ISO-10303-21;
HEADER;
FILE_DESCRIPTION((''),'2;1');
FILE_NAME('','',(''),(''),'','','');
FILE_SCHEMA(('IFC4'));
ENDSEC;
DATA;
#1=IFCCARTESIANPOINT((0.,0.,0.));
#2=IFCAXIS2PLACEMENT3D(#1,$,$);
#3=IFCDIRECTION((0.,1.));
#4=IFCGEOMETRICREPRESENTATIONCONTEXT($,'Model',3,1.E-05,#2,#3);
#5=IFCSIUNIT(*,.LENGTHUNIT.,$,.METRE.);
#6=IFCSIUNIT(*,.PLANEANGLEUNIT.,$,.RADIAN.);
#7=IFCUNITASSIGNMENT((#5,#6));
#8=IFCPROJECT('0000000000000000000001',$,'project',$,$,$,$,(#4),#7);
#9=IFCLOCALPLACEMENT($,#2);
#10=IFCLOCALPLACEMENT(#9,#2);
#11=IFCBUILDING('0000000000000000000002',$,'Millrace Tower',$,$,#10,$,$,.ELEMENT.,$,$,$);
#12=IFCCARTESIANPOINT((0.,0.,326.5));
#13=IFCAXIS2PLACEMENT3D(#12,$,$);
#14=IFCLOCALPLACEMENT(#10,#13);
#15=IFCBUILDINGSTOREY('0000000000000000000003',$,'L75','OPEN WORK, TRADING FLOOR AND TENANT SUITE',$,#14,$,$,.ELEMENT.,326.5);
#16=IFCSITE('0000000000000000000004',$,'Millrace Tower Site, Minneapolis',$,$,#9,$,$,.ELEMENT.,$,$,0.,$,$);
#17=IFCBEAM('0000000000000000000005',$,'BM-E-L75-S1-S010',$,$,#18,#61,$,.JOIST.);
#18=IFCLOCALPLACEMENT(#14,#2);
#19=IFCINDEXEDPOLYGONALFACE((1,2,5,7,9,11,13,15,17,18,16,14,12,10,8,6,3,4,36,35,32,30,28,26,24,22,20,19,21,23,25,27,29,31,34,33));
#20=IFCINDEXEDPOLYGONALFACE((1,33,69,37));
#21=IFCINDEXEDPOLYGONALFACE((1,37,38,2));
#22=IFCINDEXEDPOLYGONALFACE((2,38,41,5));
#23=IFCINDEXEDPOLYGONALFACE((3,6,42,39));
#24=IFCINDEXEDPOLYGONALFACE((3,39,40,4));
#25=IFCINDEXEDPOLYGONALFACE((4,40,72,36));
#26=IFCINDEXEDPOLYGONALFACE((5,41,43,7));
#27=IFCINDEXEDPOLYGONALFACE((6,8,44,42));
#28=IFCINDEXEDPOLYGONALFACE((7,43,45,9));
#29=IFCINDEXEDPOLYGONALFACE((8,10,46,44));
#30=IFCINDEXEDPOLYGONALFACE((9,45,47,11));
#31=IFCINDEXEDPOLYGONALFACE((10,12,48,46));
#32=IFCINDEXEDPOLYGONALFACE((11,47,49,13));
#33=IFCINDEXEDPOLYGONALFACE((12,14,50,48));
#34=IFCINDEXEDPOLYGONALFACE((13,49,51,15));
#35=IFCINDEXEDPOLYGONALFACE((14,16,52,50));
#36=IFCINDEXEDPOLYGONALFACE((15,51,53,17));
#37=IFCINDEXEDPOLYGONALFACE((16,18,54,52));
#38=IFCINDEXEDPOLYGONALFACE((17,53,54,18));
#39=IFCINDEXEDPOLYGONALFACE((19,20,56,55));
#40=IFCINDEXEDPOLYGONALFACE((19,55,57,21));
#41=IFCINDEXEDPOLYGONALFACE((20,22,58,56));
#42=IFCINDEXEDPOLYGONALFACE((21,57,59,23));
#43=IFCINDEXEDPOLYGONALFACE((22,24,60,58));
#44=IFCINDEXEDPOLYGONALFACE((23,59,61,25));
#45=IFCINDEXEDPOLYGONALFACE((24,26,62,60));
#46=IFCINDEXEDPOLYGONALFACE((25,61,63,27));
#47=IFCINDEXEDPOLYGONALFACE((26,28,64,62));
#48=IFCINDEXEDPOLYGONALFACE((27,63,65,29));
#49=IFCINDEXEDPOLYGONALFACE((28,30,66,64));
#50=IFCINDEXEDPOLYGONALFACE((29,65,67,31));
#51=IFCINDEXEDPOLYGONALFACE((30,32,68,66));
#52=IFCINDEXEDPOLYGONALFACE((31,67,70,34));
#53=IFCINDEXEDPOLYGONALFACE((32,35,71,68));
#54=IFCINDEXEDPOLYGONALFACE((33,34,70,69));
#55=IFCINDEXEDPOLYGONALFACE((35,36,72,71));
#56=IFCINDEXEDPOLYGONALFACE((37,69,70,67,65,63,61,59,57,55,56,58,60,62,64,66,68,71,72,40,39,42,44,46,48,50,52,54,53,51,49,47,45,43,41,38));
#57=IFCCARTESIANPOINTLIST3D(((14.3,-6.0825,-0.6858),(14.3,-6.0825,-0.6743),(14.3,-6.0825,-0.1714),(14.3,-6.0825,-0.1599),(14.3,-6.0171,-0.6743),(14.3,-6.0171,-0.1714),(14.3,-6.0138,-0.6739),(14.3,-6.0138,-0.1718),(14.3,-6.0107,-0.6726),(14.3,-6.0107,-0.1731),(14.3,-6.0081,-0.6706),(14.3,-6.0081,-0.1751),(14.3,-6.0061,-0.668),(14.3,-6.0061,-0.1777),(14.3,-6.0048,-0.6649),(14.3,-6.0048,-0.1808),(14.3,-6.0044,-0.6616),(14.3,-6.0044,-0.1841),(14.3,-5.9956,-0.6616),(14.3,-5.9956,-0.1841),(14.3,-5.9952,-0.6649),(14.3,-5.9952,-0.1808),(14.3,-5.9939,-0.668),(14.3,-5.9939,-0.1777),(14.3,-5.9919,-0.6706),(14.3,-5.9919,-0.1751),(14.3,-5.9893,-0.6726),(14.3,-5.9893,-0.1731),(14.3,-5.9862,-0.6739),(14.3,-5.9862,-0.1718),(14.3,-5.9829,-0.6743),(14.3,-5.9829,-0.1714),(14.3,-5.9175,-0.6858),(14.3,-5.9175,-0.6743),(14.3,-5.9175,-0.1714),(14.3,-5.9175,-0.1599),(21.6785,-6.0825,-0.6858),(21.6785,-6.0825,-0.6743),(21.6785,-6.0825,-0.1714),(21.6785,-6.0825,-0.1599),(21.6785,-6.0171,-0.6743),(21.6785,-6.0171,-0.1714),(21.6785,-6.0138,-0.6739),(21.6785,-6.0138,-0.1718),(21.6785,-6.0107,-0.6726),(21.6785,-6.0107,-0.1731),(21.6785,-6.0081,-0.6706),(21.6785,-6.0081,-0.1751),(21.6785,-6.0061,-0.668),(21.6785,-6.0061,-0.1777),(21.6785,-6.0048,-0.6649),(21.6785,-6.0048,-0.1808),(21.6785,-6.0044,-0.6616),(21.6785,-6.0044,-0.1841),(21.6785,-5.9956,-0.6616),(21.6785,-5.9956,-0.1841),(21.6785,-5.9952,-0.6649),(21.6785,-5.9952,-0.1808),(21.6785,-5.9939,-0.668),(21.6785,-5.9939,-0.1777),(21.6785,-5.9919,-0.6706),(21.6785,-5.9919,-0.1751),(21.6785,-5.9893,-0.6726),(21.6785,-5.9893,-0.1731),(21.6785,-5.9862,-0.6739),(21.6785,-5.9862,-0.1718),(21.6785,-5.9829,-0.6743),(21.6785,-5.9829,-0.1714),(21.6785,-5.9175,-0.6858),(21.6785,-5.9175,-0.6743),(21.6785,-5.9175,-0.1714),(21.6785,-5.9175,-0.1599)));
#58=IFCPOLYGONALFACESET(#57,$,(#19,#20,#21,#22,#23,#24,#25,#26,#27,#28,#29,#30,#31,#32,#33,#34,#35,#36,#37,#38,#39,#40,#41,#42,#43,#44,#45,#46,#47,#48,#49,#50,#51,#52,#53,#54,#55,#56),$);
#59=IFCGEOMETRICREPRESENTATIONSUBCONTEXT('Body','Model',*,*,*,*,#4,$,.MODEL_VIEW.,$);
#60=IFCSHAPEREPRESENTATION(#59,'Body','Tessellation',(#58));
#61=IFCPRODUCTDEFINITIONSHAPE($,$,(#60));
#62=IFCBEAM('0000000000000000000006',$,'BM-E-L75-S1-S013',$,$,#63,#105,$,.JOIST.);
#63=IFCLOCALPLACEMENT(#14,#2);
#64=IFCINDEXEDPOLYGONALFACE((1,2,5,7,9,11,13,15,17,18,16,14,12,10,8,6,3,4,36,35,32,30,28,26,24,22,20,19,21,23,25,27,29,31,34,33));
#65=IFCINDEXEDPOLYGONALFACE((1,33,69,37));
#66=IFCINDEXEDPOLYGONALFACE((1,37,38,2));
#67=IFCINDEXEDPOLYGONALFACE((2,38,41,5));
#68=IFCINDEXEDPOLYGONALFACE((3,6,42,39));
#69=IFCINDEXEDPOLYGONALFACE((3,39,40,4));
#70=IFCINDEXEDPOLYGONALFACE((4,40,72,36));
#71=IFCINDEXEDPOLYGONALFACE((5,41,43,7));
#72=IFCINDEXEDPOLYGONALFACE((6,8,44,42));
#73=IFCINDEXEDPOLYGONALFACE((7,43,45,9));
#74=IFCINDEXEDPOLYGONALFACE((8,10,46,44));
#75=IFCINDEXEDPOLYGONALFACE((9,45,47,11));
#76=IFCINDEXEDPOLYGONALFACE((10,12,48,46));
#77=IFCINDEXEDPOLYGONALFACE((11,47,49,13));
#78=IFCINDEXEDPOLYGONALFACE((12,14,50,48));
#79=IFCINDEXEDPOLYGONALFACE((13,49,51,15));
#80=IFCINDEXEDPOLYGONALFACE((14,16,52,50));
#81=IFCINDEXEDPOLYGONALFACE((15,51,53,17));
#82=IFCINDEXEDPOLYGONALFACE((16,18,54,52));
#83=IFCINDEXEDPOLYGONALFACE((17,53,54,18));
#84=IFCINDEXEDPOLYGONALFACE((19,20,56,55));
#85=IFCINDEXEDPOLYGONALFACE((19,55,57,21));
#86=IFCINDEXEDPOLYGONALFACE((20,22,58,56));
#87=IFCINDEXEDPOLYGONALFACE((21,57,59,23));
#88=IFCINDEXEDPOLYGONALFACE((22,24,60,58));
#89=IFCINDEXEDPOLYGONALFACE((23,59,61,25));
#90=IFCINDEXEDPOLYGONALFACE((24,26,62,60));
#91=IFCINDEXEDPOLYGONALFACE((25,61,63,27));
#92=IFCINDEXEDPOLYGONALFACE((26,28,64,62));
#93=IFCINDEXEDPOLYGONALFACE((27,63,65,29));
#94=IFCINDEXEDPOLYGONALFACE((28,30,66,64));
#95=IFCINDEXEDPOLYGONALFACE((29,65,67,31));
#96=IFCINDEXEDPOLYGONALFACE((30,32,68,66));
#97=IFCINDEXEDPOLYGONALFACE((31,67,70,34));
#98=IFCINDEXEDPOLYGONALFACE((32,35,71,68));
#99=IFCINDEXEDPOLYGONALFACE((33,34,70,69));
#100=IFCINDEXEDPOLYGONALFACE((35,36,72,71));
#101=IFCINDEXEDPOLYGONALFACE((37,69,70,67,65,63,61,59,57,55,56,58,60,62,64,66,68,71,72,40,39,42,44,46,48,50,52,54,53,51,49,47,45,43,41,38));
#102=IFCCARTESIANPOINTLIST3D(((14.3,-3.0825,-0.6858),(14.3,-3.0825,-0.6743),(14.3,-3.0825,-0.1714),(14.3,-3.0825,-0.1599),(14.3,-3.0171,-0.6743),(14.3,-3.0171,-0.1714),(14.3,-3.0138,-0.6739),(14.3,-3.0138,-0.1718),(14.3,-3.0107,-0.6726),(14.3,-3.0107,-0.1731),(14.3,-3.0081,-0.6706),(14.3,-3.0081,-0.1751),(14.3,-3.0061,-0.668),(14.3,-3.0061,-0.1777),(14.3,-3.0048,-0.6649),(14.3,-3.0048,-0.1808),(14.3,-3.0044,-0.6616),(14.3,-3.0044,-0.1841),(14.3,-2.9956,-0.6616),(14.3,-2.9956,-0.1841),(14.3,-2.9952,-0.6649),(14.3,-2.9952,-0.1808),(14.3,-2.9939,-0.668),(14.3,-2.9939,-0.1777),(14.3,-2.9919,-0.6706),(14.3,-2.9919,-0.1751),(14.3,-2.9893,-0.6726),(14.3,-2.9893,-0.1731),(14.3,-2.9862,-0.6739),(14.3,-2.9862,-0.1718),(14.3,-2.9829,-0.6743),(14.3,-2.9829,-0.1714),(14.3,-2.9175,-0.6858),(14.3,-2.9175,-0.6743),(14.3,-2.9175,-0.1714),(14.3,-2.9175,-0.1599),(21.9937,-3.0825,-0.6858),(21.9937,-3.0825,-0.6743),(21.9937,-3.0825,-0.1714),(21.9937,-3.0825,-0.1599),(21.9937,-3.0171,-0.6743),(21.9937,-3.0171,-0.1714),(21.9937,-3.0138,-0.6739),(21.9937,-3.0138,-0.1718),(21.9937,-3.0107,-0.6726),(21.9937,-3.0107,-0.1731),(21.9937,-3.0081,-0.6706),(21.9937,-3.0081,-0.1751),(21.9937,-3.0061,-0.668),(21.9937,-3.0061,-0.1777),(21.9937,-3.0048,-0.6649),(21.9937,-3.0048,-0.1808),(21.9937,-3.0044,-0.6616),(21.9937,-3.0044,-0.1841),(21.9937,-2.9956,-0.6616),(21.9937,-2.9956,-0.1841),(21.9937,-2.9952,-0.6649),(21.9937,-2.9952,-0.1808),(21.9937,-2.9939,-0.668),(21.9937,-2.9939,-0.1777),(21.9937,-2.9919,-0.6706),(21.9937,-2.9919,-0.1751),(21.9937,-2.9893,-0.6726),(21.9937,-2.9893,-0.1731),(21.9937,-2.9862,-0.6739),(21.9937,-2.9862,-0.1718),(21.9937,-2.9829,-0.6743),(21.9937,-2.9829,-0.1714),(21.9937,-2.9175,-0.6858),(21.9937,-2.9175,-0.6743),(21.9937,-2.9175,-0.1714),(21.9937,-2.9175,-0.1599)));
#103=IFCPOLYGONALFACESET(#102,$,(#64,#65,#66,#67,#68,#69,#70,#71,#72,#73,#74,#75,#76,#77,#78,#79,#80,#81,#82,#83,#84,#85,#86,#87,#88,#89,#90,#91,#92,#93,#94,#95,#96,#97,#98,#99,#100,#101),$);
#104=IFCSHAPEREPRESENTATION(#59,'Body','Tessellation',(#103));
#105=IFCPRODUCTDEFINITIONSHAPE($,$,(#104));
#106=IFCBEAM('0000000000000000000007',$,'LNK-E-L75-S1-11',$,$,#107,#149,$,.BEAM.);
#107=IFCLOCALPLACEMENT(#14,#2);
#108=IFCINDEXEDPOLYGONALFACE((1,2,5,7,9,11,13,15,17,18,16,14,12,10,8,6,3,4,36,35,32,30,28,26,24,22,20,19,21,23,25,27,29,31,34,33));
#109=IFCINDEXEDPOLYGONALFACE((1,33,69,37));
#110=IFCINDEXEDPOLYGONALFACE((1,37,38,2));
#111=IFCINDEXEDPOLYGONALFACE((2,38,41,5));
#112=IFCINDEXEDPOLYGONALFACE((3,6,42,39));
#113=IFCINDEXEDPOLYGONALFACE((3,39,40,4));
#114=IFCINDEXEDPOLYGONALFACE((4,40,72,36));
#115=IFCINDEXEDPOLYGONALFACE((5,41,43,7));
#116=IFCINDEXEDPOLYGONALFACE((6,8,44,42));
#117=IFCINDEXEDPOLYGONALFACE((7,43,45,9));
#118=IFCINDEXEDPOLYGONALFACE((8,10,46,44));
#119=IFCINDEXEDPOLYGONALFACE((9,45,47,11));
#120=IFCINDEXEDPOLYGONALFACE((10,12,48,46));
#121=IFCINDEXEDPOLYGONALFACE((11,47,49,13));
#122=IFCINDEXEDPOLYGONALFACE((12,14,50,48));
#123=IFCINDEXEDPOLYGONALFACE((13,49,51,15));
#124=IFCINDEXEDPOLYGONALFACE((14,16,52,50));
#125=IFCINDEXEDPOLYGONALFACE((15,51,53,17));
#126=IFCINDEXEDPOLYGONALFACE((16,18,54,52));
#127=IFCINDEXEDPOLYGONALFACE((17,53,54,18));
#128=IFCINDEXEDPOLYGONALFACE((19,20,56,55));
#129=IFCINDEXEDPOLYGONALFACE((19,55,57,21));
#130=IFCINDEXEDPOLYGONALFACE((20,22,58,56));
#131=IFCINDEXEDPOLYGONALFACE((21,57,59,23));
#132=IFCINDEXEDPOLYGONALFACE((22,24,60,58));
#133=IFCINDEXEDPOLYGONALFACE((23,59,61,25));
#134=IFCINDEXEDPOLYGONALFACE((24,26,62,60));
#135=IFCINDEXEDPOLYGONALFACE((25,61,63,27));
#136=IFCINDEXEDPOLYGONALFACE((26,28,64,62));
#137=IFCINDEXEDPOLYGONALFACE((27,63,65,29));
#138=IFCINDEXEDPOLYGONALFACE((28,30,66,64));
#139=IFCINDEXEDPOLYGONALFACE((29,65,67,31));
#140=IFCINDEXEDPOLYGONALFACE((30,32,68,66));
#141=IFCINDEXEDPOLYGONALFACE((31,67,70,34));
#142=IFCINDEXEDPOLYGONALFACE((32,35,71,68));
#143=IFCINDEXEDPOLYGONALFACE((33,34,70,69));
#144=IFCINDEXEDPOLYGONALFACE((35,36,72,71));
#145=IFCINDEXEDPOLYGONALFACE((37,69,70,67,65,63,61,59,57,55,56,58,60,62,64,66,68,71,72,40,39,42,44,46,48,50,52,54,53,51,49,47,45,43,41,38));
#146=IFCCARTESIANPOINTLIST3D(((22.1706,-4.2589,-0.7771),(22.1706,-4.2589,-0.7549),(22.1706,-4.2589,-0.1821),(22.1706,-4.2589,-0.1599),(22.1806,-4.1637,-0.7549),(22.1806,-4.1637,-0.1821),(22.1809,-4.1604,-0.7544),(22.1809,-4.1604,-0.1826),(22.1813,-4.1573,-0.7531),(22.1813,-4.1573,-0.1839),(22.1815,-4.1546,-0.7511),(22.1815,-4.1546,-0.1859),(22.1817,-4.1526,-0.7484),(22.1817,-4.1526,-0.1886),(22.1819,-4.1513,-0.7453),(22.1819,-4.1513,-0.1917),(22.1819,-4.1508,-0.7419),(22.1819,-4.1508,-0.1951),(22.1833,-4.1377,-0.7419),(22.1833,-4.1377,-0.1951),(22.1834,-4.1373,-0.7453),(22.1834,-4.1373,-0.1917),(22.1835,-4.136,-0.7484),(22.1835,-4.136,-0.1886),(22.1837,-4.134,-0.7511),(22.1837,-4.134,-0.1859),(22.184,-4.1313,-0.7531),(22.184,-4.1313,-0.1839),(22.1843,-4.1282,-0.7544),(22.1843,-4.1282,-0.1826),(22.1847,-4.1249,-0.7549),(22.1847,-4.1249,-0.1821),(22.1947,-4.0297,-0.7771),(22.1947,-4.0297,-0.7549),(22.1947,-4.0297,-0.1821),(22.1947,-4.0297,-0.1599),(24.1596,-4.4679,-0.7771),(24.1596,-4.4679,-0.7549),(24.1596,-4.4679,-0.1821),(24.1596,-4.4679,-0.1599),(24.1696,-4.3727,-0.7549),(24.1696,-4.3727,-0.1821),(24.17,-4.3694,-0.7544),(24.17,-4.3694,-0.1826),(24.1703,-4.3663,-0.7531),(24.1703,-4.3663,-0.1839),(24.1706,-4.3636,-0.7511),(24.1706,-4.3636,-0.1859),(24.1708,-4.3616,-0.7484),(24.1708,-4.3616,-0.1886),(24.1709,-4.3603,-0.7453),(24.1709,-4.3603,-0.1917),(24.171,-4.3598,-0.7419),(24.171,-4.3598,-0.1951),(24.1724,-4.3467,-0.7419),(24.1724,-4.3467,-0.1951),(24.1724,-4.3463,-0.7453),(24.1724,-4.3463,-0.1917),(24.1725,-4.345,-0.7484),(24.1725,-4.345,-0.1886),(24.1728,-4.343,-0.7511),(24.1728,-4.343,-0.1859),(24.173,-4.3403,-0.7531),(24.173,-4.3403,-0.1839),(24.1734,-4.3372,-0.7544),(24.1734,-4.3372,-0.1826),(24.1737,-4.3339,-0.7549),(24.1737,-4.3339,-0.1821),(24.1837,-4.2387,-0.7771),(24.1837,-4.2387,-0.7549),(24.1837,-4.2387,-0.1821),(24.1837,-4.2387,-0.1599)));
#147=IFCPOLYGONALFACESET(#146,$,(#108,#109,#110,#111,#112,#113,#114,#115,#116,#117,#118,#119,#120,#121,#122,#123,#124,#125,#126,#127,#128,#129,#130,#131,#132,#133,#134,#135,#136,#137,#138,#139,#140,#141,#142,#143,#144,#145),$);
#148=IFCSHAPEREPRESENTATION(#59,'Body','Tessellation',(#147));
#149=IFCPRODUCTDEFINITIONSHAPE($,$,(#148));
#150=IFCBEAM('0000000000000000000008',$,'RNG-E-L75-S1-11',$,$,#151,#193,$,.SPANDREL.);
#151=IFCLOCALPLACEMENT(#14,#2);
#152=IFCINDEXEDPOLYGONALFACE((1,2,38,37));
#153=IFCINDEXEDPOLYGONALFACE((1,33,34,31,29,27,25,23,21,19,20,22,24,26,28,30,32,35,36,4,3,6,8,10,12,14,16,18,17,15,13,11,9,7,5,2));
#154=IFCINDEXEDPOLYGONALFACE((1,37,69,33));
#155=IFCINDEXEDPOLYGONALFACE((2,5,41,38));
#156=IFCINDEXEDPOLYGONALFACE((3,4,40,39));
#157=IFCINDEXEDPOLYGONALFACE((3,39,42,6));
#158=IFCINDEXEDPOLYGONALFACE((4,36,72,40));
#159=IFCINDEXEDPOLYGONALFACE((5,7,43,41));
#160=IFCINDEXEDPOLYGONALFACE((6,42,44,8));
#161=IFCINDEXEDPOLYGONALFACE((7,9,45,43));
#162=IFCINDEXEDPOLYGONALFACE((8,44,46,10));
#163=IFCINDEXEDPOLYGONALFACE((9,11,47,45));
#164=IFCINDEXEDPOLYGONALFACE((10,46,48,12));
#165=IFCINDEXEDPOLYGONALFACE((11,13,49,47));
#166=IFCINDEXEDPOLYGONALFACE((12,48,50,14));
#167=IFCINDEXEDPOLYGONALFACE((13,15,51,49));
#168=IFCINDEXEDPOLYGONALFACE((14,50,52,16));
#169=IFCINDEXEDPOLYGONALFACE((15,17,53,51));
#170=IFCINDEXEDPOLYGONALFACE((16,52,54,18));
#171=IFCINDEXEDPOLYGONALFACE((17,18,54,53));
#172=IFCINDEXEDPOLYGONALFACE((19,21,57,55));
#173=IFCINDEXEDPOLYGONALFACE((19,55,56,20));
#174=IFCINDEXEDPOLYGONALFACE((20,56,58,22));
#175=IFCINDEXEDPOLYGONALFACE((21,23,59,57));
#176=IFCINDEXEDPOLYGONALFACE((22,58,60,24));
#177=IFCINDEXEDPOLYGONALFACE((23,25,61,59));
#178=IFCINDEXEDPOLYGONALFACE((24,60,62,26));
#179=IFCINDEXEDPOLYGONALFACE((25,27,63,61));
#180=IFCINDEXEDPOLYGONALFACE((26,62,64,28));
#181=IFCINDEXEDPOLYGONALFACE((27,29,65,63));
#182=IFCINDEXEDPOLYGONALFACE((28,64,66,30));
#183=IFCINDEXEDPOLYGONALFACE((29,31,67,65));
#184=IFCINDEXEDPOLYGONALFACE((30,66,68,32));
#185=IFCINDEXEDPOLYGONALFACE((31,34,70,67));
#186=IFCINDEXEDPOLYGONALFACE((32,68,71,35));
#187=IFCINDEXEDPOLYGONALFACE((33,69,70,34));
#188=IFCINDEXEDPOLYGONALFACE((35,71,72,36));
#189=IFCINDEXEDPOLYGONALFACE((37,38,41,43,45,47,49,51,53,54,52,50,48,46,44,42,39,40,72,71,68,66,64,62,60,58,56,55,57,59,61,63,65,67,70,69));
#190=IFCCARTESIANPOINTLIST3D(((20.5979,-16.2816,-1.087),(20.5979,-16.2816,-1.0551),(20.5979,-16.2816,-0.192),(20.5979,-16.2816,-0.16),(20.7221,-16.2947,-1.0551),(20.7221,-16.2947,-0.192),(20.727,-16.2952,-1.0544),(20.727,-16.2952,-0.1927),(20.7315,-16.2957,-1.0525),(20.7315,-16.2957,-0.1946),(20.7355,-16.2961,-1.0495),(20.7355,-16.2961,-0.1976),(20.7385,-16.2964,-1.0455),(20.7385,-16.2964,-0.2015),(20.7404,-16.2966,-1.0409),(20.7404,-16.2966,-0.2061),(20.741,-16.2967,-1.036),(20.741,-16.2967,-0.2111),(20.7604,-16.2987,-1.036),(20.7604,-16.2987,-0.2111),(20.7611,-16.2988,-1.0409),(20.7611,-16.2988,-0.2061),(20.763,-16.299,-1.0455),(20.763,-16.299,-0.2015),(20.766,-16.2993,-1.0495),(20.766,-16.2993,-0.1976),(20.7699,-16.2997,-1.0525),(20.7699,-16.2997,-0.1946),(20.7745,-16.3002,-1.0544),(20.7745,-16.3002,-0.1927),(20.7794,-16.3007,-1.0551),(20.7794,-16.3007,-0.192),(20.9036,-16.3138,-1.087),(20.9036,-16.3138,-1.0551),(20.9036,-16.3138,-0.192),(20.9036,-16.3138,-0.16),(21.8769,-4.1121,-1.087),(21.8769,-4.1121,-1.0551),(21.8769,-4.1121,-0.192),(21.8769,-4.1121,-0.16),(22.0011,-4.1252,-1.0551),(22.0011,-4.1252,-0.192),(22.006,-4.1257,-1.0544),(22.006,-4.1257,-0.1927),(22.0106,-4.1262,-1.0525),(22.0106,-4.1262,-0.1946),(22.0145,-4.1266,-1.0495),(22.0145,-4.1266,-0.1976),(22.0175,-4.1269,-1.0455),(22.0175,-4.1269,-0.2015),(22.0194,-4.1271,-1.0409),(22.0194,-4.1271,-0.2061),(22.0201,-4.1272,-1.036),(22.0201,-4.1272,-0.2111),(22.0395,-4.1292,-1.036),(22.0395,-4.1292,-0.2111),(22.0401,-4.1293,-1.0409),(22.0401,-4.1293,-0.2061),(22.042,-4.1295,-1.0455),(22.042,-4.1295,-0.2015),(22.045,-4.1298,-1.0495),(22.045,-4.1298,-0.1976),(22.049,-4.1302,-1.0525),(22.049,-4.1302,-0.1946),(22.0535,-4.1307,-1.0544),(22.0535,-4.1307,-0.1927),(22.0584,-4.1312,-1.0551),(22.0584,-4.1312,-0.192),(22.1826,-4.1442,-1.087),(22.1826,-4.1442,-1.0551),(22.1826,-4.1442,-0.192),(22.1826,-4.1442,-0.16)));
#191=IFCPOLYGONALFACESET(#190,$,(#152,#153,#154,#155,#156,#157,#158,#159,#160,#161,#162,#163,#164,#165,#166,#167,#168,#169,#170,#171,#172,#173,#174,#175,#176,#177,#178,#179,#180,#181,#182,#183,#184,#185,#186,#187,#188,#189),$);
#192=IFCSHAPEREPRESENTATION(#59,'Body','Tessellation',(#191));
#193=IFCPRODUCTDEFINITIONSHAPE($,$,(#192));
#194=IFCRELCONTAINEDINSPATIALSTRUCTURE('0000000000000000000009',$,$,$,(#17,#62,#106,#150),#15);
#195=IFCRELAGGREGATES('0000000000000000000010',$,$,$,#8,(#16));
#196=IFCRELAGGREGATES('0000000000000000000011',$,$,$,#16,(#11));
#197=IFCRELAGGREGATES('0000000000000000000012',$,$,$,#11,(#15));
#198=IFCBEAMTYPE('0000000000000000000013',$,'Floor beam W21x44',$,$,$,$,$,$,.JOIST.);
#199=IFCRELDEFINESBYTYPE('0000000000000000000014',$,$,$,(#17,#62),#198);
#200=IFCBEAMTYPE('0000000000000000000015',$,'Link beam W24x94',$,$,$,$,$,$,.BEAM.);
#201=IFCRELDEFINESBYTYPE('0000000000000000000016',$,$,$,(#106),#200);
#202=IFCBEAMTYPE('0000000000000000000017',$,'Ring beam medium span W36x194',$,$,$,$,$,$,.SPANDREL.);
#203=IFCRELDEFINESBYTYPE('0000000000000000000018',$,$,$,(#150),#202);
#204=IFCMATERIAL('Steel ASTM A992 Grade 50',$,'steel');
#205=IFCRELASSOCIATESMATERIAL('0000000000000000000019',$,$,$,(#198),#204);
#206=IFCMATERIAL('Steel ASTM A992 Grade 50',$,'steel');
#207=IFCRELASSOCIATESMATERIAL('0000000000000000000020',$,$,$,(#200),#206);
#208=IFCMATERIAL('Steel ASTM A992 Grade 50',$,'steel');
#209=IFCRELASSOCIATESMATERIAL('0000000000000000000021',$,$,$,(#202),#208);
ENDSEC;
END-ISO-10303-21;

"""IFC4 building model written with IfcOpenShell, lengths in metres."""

from ifc_helpers import new_model, si_unit, direction, frame, origin, origin_2d, place, context, subcontext, project, spatial, i_section, extrude, material, material_profile, profile_set, type_object, element, save


model = new_model("IFC4")

# Units and contexts
model_context = context("Model", 3, precision=1e-05, world=origin(), true_north=direction((0.0, 1.0)))
body_context = subcontext(model_context, "Body", "Model", "MODEL_VIEW")
ifc_project = project(units=[si_unit("LENGTHUNIT", "METRE"), si_unit("PLANEANGLEUNIT", "RADIAN")], contexts=[model_context])

# Site, building, storey
site_placement = place(None, origin())
site = spatial("IfcSite", under=ifc_project, at=site_placement, Name="Millrace Tower Site, Minneapolis", CompositionType="ELEMENT", RefElevation=0.0)
building_placement = place(site_placement, origin())
building = spatial("IfcBuilding", under=site, at=building_placement, Name="Millrace Tower", CompositionType="ELEMENT")
storey_placement = place(building_placement, frame((0.0, 0.0, 326.5)))
storey = spatial("IfcBuildingStorey", under=building, at=storey_placement, Name="L75", Description="OPEN WORK, TRADING FLOOR AND TENANT SUITE", CompositionType="ELEMENT", Elevation=326.5)

# Beams
ifc_material_1 = material(Name="Steel ASTM A992 Grade 50", Category="steel")
ifc_material_profile_1 = material_profile(ifc_material_1, i_section(OverallWidth=0.165, OverallDepth=0.5259, WebThickness=0.0088, FlangeThickness=0.0115, FilletRadius=0.0127, at=origin_2d()))
ifc_profile_set_1 = profile_set([ifc_material_profile_1], Name="Steel ASTM A992 Grade 50")
beam_type_1 = type_object("IfcBeamType", Name="Floor beam W21x44", PredefinedType="JOIST", material=ifc_profile_set_1)
beam_1_placement = place(storey_placement, frame((14.3, -6.0, -0.4229), z_axis=(1.0, 0.0, 0.0), x_axis=(0.0, 1.0, 0.0)))
element("IfcBeam", 1, at=beam_1_placement, inside=storey, type_object=beam_type_1, Name="BM-E-L75-S1-S010", PredefinedType="JOIST", context=body_context, shape_type="SweptSolid", body=[
    extrude(i_section(OverallWidth=0.165, OverallDepth=0.5259, WebThickness=0.0088, FlangeThickness=0.0115, FilletRadius=0.0127, at=origin_2d()), origin(), (0.0, 0.0, 1.0), 7.3784),
])
beam_2_placement = place(storey_placement, frame((14.3, -3.0, -0.4229), z_axis=(1.0, 0.0, 0.0), x_axis=(0.0, 1.0, 0.0)))
element("IfcBeam", 2, at=beam_2_placement, inside=storey, type_object=beam_type_1, Name="BM-E-L75-S1-S013", PredefinedType="JOIST", context=body_context, shape_type="SweptSolid", body=[
    extrude(i_section(OverallWidth=0.165, OverallDepth=0.5259, WebThickness=0.0088, FlangeThickness=0.0115, FilletRadius=0.0127, at=origin_2d()), origin(), (0.0, 0.0, 1.0), 7.6936),
])
ifc_material_2 = material(Name="Steel ASTM A992 Grade 50", Category="steel")
ifc_material_profile_2 = material_profile(ifc_material_2, i_section(OverallWidth=0.2305, OverallDepth=0.6172, WebThickness=0.0132, FlangeThickness=0.0222, FilletRadius=0.0129, at=origin_2d()))
ifc_profile_set_2 = profile_set([ifc_material_profile_2], Name="Steel ASTM A992 Grade 50")
beam_type_2 = type_object("IfcBeamType", Name="Link beam W24x94", PredefinedType="BEAM", material=ifc_profile_set_2)
beam_3_placement = place(storey_placement, frame((22.1826, -4.1443, -0.4685), z_axis=(0.994526, -0.104494, 0.0), x_axis=(0.104494, 0.994526, 0.0)))
element("IfcBeam", 3, at=beam_3_placement, inside=storey, type_object=beam_type_2, Name="LNK-E-L75-S1-11", PredefinedType="BEAM", context=body_context, shape_type="SweptSolid", body=[
    extrude(i_section(OverallWidth=0.2305, OverallDepth=0.6172, WebThickness=0.0132, FlangeThickness=0.0222, FilletRadius=0.0129, at=origin_2d()), origin(), (0.0, 0.0, 1.0), 2.0),
])
ifc_material_3 = material(Name="Steel ASTM A992 Grade 50", Category="steel")
ifc_material_profile_3 = material_profile(ifc_material_3, i_section(OverallWidth=0.3074, OverallDepth=0.927, WebThickness=0.0195, FlangeThickness=0.032, FilletRadius=0.019, at=origin_2d()))
ifc_profile_set_3 = profile_set([ifc_material_profile_3], Name="Steel ASTM A992 Grade 50")
beam_type_3 = type_object("IfcBeamType", Name="Ring beam medium span W36x194", PredefinedType="SPANDREL", material=ifc_profile_set_3)
beam_4_placement = place(storey_placement, frame((22.0298, -4.1282, -0.6235), z_axis=(-0.104528, -0.994522, 0.0), x_axis=(0.994522, -0.104528, 0.0)))
element("IfcBeam", 4, at=beam_4_placement, inside=storey, type_object=beam_type_3, Name="RNG-E-L75-S1-11", PredefinedType="SPANDREL", context=body_context, shape_type="SweptSolid", body=[
    extrude(i_section(OverallWidth=0.3074, OverallDepth=0.927, WebThickness=0.0195, FlangeThickness=0.032, FilletRadius=0.019, at=origin_2d()), origin(), (0.0, 0.0, 1.0), 12.2366),
])

save(model, "model.ifc")
